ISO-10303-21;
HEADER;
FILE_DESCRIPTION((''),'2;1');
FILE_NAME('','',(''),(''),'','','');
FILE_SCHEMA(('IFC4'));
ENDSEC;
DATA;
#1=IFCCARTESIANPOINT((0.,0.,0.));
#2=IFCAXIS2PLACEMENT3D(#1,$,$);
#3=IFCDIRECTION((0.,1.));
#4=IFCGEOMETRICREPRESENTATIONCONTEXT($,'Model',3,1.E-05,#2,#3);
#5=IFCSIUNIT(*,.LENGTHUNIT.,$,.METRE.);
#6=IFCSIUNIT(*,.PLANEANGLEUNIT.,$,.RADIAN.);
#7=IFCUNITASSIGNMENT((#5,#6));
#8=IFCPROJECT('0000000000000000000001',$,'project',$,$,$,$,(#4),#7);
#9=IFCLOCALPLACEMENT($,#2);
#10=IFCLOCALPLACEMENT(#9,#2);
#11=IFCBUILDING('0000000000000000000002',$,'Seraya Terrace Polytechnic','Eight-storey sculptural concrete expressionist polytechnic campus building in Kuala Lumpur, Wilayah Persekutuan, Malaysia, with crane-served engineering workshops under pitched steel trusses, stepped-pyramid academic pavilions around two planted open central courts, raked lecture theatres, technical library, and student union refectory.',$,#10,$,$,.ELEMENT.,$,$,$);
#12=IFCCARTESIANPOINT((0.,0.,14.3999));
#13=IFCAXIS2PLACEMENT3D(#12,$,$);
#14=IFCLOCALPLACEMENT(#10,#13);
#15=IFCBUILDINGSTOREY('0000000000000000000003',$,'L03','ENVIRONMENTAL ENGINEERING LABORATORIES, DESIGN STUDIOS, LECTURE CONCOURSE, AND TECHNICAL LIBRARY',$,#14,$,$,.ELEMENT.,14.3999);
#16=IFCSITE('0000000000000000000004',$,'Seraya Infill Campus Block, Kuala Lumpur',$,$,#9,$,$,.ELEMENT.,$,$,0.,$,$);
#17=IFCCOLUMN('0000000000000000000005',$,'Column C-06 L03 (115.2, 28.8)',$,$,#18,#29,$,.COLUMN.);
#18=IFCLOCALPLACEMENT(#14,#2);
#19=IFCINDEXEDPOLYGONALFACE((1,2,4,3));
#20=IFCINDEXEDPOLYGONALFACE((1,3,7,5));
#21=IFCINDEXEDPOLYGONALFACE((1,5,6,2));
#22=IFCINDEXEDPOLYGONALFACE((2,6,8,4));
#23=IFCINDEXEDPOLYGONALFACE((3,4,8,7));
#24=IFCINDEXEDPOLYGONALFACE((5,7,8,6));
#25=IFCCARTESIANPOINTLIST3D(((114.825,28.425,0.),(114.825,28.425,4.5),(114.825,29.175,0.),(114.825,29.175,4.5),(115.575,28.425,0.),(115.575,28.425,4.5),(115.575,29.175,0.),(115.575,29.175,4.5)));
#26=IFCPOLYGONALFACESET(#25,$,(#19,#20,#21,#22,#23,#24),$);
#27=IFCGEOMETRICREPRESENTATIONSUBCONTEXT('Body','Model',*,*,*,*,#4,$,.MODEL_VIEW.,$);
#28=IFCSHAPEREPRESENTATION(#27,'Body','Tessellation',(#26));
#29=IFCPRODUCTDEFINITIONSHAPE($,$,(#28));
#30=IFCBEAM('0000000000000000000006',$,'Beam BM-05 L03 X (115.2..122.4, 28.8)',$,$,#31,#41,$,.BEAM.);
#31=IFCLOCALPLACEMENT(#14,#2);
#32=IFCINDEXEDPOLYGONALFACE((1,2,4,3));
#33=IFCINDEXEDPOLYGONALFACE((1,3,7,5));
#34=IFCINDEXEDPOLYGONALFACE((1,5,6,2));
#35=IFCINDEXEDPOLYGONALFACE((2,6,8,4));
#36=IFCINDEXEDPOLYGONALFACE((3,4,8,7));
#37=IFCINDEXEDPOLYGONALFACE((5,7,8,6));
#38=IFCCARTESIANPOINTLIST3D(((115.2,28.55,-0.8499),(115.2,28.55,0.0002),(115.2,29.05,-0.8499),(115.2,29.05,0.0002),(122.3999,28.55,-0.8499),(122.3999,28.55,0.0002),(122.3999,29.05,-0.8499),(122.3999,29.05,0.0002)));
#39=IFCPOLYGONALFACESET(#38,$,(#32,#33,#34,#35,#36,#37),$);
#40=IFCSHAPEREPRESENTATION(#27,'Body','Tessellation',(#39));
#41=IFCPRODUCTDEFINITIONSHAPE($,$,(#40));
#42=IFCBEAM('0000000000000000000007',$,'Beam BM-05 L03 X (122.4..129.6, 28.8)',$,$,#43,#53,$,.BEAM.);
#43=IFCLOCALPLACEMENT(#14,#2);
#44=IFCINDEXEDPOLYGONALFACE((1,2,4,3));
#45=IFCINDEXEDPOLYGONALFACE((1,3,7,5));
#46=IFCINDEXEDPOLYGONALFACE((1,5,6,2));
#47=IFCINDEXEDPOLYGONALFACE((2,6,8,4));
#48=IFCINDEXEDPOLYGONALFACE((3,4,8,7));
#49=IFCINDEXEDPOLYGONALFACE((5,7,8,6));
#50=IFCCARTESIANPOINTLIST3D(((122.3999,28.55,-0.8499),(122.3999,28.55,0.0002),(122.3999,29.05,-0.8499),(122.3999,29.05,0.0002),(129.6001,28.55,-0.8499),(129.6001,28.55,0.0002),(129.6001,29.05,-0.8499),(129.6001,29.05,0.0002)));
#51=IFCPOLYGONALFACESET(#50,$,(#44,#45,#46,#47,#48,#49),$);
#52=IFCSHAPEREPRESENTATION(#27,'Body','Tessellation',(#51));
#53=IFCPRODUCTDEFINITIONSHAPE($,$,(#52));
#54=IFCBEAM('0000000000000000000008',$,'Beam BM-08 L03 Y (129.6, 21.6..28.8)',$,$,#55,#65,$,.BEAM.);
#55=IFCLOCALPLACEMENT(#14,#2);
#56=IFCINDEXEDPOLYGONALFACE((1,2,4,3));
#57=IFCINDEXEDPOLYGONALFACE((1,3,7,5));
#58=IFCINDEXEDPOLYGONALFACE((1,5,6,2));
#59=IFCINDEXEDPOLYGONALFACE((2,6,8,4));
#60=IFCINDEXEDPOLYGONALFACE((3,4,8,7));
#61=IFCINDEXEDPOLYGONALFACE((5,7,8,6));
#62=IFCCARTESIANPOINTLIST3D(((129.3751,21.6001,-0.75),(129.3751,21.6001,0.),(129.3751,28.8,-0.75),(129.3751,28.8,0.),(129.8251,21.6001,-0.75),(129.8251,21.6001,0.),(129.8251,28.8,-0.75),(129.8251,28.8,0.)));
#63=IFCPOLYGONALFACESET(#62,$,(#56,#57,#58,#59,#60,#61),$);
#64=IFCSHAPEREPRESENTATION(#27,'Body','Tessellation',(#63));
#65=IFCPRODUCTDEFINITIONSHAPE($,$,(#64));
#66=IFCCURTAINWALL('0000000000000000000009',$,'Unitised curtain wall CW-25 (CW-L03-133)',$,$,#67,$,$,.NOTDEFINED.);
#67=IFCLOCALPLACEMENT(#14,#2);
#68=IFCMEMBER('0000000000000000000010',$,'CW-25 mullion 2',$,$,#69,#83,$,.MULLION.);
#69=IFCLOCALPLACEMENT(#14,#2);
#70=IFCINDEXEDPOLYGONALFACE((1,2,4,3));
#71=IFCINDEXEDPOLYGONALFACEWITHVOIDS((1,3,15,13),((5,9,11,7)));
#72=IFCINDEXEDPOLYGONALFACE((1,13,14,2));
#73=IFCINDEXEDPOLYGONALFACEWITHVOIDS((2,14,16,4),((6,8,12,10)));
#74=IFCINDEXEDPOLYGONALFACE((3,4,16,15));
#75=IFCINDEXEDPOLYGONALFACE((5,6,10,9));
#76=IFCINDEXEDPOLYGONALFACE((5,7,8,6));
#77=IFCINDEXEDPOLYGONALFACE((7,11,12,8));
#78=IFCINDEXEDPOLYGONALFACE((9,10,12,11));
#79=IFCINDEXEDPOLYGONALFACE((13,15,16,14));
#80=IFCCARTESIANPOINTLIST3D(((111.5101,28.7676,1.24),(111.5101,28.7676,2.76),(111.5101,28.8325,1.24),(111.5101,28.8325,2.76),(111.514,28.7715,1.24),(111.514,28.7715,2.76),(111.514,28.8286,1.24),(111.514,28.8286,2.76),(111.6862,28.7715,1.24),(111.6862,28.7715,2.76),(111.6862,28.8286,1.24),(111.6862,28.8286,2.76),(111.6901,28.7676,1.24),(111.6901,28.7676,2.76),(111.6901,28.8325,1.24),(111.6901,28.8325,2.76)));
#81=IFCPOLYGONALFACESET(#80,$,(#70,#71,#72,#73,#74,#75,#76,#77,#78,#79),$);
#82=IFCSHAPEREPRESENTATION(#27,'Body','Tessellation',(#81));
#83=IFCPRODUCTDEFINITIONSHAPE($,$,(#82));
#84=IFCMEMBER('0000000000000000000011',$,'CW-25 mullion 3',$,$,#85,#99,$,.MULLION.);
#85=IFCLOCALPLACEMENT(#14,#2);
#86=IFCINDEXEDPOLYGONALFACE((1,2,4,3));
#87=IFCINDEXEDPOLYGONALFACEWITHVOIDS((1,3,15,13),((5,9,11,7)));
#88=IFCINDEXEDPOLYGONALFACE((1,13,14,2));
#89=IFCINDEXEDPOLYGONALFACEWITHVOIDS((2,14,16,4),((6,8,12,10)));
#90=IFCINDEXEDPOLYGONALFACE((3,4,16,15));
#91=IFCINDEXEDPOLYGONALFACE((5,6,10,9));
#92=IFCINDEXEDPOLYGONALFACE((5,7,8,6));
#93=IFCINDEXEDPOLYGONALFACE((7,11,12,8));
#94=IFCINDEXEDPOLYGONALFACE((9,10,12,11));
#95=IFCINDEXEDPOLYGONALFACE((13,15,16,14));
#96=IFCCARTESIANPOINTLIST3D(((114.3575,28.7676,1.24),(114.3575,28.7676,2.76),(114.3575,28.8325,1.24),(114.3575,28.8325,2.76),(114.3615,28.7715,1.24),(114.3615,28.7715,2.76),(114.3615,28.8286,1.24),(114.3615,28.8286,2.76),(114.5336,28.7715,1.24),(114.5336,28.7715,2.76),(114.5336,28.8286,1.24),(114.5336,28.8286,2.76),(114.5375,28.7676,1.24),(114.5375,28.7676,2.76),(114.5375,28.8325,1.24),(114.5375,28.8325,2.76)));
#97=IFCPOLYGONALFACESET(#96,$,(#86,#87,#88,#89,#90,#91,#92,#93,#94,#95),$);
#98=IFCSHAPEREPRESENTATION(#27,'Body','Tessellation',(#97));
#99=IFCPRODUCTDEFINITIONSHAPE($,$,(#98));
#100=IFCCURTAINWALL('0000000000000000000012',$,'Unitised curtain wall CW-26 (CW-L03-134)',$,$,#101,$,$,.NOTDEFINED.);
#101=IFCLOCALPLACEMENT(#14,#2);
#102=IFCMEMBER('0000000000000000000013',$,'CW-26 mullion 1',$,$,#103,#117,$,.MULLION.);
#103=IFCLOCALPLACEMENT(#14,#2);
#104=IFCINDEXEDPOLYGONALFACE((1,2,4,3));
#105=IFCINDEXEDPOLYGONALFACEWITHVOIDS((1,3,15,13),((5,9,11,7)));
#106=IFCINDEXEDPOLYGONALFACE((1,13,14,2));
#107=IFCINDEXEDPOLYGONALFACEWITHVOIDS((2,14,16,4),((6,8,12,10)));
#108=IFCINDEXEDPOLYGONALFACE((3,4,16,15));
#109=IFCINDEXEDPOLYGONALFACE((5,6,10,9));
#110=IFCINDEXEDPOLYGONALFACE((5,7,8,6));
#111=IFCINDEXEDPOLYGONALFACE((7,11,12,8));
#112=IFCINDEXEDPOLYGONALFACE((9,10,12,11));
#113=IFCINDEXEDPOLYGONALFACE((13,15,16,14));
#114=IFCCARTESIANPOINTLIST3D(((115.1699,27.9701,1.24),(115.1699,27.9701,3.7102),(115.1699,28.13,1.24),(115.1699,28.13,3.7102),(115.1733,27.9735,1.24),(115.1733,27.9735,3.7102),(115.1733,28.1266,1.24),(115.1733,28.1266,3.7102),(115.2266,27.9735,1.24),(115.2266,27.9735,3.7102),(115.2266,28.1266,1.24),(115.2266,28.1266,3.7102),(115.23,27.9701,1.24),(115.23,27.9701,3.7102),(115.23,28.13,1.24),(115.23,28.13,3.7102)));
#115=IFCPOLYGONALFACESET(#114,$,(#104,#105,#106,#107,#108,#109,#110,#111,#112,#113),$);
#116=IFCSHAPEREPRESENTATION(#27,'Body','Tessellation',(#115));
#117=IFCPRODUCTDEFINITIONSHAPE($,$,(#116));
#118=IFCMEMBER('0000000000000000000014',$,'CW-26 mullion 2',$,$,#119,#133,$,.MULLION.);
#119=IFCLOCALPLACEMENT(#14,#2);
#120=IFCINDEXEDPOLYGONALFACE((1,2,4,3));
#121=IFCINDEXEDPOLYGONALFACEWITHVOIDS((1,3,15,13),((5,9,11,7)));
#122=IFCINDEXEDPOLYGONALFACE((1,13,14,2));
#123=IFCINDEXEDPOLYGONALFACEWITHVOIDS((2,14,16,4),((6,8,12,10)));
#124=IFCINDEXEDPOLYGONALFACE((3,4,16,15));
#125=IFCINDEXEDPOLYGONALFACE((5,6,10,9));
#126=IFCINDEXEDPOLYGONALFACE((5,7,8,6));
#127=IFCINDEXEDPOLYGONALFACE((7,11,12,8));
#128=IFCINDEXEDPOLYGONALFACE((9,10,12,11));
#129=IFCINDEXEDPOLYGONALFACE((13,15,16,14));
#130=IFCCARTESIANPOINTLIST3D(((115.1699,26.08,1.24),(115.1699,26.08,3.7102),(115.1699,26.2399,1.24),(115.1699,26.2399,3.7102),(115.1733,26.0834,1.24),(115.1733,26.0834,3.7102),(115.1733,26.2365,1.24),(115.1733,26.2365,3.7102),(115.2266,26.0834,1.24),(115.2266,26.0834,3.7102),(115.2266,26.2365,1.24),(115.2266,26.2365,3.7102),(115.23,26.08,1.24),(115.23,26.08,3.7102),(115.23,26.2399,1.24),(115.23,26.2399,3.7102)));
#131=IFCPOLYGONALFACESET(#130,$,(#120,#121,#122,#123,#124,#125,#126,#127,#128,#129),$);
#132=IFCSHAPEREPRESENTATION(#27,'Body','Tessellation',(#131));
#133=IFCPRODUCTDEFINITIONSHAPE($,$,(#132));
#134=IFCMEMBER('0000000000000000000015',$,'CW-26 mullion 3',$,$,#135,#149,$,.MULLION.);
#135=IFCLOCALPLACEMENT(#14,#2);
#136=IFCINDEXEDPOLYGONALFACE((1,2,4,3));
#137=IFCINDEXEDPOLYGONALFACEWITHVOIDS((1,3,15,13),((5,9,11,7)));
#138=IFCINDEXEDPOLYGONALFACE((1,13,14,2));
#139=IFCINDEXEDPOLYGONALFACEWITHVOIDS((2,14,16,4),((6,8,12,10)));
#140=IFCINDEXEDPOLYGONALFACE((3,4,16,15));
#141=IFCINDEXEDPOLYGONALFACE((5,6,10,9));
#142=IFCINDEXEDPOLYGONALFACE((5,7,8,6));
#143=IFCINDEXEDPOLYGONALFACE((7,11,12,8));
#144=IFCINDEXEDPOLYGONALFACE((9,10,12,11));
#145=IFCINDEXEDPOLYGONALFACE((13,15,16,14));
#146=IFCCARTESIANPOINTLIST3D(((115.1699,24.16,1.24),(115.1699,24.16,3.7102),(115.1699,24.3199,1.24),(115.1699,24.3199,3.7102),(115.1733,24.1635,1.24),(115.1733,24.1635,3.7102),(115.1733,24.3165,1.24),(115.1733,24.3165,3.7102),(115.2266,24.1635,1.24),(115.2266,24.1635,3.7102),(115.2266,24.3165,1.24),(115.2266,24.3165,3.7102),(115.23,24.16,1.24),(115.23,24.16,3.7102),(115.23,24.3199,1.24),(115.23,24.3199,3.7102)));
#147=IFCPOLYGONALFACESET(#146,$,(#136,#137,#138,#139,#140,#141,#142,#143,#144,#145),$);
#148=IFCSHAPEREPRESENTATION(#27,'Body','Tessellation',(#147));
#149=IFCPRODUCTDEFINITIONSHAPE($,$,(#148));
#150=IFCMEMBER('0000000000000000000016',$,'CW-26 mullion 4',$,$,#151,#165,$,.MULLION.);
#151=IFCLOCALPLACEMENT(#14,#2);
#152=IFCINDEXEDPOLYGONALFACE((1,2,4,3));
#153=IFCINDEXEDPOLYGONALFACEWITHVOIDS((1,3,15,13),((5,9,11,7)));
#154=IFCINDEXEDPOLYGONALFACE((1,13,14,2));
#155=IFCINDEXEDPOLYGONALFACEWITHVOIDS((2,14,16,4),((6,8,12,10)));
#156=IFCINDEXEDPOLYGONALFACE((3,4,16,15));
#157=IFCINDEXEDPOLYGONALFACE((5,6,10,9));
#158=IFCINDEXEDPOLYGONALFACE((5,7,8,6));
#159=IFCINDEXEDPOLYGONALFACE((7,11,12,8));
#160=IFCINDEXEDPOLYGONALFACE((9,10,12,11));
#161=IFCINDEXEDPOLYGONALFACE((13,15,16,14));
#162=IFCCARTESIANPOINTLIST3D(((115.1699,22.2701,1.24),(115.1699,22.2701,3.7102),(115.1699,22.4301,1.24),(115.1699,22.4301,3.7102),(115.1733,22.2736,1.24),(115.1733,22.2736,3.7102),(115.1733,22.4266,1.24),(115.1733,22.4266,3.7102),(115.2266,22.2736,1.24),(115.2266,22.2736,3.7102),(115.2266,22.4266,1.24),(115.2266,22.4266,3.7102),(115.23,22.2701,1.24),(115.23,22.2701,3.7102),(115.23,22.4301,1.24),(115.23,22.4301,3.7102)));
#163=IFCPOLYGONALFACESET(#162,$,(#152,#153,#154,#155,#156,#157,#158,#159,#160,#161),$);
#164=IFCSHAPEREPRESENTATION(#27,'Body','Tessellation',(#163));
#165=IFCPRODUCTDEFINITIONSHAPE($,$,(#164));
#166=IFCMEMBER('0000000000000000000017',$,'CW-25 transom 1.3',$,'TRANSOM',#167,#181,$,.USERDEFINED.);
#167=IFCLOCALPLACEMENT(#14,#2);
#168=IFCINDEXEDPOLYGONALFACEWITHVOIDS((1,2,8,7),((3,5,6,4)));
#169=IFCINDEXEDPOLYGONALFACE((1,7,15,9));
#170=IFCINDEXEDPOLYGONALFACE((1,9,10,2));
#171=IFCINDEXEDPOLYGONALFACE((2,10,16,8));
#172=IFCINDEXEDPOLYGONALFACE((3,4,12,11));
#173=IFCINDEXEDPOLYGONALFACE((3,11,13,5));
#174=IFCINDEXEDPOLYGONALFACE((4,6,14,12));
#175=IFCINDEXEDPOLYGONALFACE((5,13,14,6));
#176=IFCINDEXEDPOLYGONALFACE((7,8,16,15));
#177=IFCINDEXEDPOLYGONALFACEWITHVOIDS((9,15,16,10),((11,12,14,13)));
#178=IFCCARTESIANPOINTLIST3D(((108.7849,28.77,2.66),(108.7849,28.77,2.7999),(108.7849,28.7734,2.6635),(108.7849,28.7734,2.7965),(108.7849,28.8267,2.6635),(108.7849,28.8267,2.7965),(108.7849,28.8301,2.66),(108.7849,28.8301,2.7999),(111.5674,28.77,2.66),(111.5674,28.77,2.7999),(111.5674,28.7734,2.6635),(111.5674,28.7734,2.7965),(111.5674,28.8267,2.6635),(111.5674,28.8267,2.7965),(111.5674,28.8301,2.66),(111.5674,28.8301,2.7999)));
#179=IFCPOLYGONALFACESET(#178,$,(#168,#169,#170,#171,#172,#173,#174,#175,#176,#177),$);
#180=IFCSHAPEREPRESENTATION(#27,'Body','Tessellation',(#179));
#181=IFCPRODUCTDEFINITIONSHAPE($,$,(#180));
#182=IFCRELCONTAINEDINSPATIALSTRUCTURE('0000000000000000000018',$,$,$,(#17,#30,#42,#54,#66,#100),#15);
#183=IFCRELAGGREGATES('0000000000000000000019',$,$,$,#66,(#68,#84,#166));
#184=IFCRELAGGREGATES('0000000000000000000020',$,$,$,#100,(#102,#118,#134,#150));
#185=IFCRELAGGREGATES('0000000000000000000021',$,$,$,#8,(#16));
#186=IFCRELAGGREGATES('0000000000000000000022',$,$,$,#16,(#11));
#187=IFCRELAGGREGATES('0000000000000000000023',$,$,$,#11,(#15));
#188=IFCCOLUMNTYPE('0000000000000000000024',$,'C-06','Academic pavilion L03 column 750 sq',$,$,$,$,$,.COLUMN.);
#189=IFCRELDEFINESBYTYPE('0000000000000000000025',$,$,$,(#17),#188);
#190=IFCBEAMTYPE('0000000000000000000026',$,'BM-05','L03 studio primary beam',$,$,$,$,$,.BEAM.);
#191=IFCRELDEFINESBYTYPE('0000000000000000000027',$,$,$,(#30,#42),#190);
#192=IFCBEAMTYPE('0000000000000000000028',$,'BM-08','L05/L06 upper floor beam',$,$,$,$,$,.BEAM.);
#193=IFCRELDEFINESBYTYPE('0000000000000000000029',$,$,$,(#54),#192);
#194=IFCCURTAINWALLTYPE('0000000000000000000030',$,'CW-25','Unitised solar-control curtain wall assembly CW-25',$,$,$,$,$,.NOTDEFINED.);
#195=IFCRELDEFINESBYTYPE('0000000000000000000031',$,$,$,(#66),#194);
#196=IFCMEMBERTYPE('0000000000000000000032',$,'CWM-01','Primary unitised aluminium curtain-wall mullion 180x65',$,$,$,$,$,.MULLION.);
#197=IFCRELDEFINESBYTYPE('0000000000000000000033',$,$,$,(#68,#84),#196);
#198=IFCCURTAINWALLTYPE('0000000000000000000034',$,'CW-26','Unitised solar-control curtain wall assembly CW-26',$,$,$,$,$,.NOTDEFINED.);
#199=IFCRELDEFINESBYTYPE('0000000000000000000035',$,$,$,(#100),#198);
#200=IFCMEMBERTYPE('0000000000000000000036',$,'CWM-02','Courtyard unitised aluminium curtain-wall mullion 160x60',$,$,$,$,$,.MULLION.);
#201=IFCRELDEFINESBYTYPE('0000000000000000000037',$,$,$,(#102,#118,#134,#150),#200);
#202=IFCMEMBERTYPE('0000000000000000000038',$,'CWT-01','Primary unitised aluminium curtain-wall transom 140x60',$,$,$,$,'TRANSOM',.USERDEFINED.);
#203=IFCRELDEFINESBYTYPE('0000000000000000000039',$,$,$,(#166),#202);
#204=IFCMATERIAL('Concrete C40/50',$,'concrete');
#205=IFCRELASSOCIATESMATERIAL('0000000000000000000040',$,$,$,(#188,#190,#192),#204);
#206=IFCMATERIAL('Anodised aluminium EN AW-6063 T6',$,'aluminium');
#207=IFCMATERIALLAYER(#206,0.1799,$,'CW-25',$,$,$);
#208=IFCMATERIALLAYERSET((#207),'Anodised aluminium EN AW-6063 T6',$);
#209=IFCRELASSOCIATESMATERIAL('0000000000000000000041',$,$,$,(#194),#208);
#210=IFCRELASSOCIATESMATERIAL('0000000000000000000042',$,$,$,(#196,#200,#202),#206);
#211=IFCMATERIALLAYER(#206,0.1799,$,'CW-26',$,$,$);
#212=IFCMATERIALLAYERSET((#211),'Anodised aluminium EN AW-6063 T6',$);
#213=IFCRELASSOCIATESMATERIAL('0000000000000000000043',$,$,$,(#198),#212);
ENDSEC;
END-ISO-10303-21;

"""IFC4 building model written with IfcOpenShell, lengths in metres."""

from ifc_helpers import new_model, si_unit, direction, frame, origin, origin_2d, place, context, subcontext, project, spatial, rectangle, hollow_rectangle, extrude, material, layer, layer_set, material_profile, profile_set, type_object, element, aggregate, save


model = new_model("IFC4")

# Units and contexts
model_context = context("Model", 3, precision=1e-05, world=origin(), true_north=direction((0.0, 1.0)))
body_context = subcontext(model_context, "Body", "Model", "MODEL_VIEW")
ifc_project = project(units=[si_unit("LENGTHUNIT", "METRE"), si_unit("PLANEANGLEUNIT", "RADIAN")], contexts=[model_context])

# Site, building, storey
site_placement = place(None, origin())
site = spatial("IfcSite", under=ifc_project, at=site_placement, Name="Seraya Infill Campus Block, Kuala Lumpur", CompositionType="ELEMENT", RefElevation=0.0)
building_placement = place(site_placement, origin())
building = spatial("IfcBuilding", under=site, at=building_placement, Name="Seraya Terrace Polytechnic", Description="Eight-storey sculptural concrete expressionist polytechnic campus building in Kuala Lumpur, Wilayah Persekutuan, Malaysia, with crane-served engineering workshops under pitched steel trusses, stepped-pyramid academic pavilions around two planted open central courts, raked lecture theatres, technical library, and student union refectory.", CompositionType="ELEMENT")
storey_placement = place(building_placement, frame((0.0, 0.0, 14.3999)))
storey = spatial("IfcBuildingStorey", under=building, at=storey_placement, Name="L03", Description="ENVIRONMENTAL ENGINEERING LABORATORIES, DESIGN STUDIOS, LECTURE CONCOURSE, AND TECHNICAL LIBRARY", CompositionType="ELEMENT", Elevation=14.3999)

# Column
ifc_material_1 = material(Name="Concrete C40/50", Category="concrete")
ifc_material_profile_1 = material_profile(ifc_material_1, rectangle(XDim=0.75, YDim=0.75, at=origin_2d()), Name="RC 750x750")
ifc_profile_set_1 = profile_set([ifc_material_profile_1], Name="Concrete C40/50")
column_type = type_object("IfcColumnType", Name="C-06", Description="Academic pavilion L03 column 750 sq", PredefinedType="COLUMN", material=ifc_profile_set_1)
column_placement = place(storey_placement, frame((115.2, 28.8, 0.0), z_axis=(0.0, 0.0, 1.0), x_axis=(1.0, 0.0, 0.0)))
element("IfcColumn", 1, at=column_placement, inside=storey, type_object=column_type, Name="Column C-06 L03 (115.2, 28.8)", PredefinedType="COLUMN", context=body_context, shape_type="SweptSolid", body=[
    extrude(rectangle(XDim=0.75, YDim=0.75, at=origin_2d()), origin(), (0.0, 0.0, 1.0), 4.5),
])

# Beams
ifc_material_profile_2 = material_profile(ifc_material_1, rectangle(XDim=0.5, YDim=0.8501, at=origin_2d()), Name="RC 500x850")
ifc_profile_set_2 = profile_set([ifc_material_profile_2], Name="Concrete C40/50")
beam_type_1 = type_object("IfcBeamType", Name="BM-05", Description="L03 studio primary beam", PredefinedType="BEAM", material=ifc_profile_set_2)
beam_1_placement = place(storey_placement, frame((115.2, 28.8, -0.4248), z_axis=(1.0, 0.0, 0.0), x_axis=(0.0, 1.0, 0.0)))
element("IfcBeam", 2, at=beam_1_placement, inside=storey, type_object=beam_type_1, Name="Beam BM-05 L03 X (115.2..122.4, 28.8)", PredefinedType="BEAM", context=body_context, shape_type="SweptSolid", body=[
    extrude(rectangle(XDim=0.5, YDim=0.8501, at=origin_2d()), origin(), (0.0, 0.0, 1.0), 7.2),
])
beam_2_placement = place(storey_placement, frame((122.3999, 28.8, -0.4248), z_axis=(1.0, 0.0, 0.0), x_axis=(0.0, 1.0, 0.0)))
element("IfcBeam", 3, at=beam_2_placement, inside=storey, type_object=beam_type_1, Name="Beam BM-05 L03 X (122.4..129.6, 28.8)", PredefinedType="BEAM", context=body_context, shape_type="SweptSolid", body=[
    extrude(rectangle(XDim=0.5, YDim=0.8501, at=origin_2d()), origin(), (0.0, 0.0, 1.0), 7.2002),
])
ifc_material_profile_3 = material_profile(ifc_material_1, rectangle(XDim=0.45, YDim=0.75, at=origin_2d()), Name="RC 450x750")
ifc_profile_set_3 = profile_set([ifc_material_profile_3], Name="Concrete C40/50")
beam_type_2 = type_object("IfcBeamType", Name="BM-08", Description="L05/L06 upper floor beam", PredefinedType="BEAM", material=ifc_profile_set_3)
beam_3_placement = place(storey_placement, frame((129.6001, 21.6001, -0.375), z_axis=(0.0, 1.0, 0.0), x_axis=(-1.0, 0.0, 0.0)))
element("IfcBeam", 4, at=beam_3_placement, inside=storey, type_object=beam_type_2, Name="Beam BM-08 L03 Y (129.6, 21.6..28.8)", PredefinedType="BEAM", context=body_context, shape_type="SweptSolid", body=[
    extrude(rectangle(XDim=0.45, YDim=0.75, at=origin_2d()), origin(), (0.0, 0.0, 1.0), 7.2),
])

# Curtain walls, members
ifc_material_2 = material(Name="Anodised aluminium EN AW-6063 T6", Category="aluminium")
ifc_layer_1 = layer(ifc_material_2, 0.1799, Name="CW-25")
ifc_layer_set_1 = layer_set([ifc_layer_1], Name="Anodised aluminium EN AW-6063 T6")
curtain_wall_type_1 = type_object("IfcCurtainWallType", Name="CW-25", Description="Unitised solar-control curtain wall assembly CW-25", PredefinedType="NOTDEFINED", material=ifc_layer_set_1)
curtain_wall_1_placement = place(storey_placement, origin())
curtain_wall_1 = element("IfcCurtainWall", 5, at=curtain_wall_1_placement, inside=storey, type_object=curtain_wall_type_1, Name="Unitised curtain wall CW-25 (CW-L03-133)", PredefinedType="NOTDEFINED")
ifc_material_profile_4 = material_profile(ifc_material_2, hollow_rectangle(XDim=0.0649, YDim=0.1799, WallThickness=0.0039, at=origin_2d()), Name="RHS 180x65x4.0")
ifc_profile_set_4 = profile_set([ifc_material_profile_4], Name="Anodised aluminium EN AW-6063 T6")
member_type_1 = type_object("IfcMemberType", Name="CWM-01", Description="Primary unitised aluminium curtain-wall mullion 180x65", PredefinedType="MULLION", material=ifc_profile_set_4)
member_1_placement = place(storey_placement, frame((111.6001, 28.8, 1.24), z_axis=(0.0, 0.0, 1.0), x_axis=(0.0, 1.0, 0.0)))
member_1 = element("IfcMember", 6, at=member_1_placement, type_object=member_type_1, Name="CW-25 mullion 2", PredefinedType="MULLION", context=body_context, shape_type="SweptSolid", body=[
    extrude(hollow_rectangle(XDim=0.0649, YDim=0.1799, WallThickness=0.0039, at=origin_2d()), origin(), (0.0, 0.0, 1.0), 1.52),
])
member_2_placement = place(storey_placement, frame((114.4475, 28.8, 1.24), z_axis=(0.0, 0.0, 1.0), x_axis=(0.0, 1.0, 0.0)))
member_2 = element("IfcMember", 7, at=member_2_placement, type_object=member_type_1, Name="CW-25 mullion 3", PredefinedType="MULLION", context=body_context, shape_type="SweptSolid", body=[
    extrude(hollow_rectangle(XDim=0.0649, YDim=0.1799, WallThickness=0.0039, at=origin_2d()), origin(), (0.0, 0.0, 1.0), 1.52),
])
ifc_layer_2 = layer(ifc_material_2, 0.1799, Name="CW-26")
ifc_layer_set_2 = layer_set([ifc_layer_2], Name="Anodised aluminium EN AW-6063 T6")
curtain_wall_type_2 = type_object("IfcCurtainWallType", Name="CW-26", Description="Unitised solar-control curtain wall assembly CW-26", PredefinedType="NOTDEFINED", material=ifc_layer_set_2)
curtain_wall_2_placement = place(storey_placement, origin())
curtain_wall_2 = element("IfcCurtainWall", 8, at=curtain_wall_2_placement, inside=storey, type_object=curtain_wall_type_2, Name="Unitised curtain wall CW-26 (CW-L03-134)", PredefinedType="NOTDEFINED")
ifc_material_profile_5 = material_profile(ifc_material_2, hollow_rectangle(XDim=0.0601, YDim=0.1599, WallThickness=0.0034, at=origin_2d()), Name="RHS 160x60x3.5")
ifc_profile_set_5 = profile_set([ifc_material_profile_5], Name="Anodised aluminium EN AW-6063 T6")
member_type_2 = type_object("IfcMemberType", Name="CWM-02", Description="Courtyard unitised aluminium curtain-wall mullion 160x60", PredefinedType="MULLION", material=ifc_profile_set_5)
member_3_placement = place(storey_placement, frame((115.2, 28.05, 1.24), z_axis=(0.0, 0.0, 1.0), x_axis=(1.0, 0.0, 0.0)))
member_3 = element("IfcMember", 9, at=member_3_placement, type_object=member_type_2, Name="CW-26 mullion 1", PredefinedType="MULLION", context=body_context, shape_type="SweptSolid", body=[
    extrude(hollow_rectangle(XDim=0.0601, YDim=0.1599, WallThickness=0.0034, at=origin_2d()), origin(), (0.0, 0.0, 1.0), 2.4702),
])
member_4_placement = place(storey_placement, frame((115.2, 26.1599, 1.24), z_axis=(0.0, 0.0, 1.0), x_axis=(1.0, 0.0, 0.0)))
member_4 = element("IfcMember", 10, at=member_4_placement, type_object=member_type_2, Name="CW-26 mullion 2", PredefinedType="MULLION", context=body_context, shape_type="SweptSolid", body=[
    extrude(hollow_rectangle(XDim=0.0601, YDim=0.1599, WallThickness=0.0034, at=origin_2d()), origin(), (0.0, 0.0, 1.0), 2.4702),
])
member_5_placement = place(storey_placement, frame((115.2, 24.24, 1.24), z_axis=(0.0, 0.0, 1.0), x_axis=(1.0, 0.0, 0.0)))
member_5 = element("IfcMember", 11, at=member_5_placement, type_object=member_type_2, Name="CW-26 mullion 3", PredefinedType="MULLION", context=body_context, shape_type="SweptSolid", body=[
    extrude(hollow_rectangle(XDim=0.0601, YDim=0.1599, WallThickness=0.0034, at=origin_2d()), origin(), (0.0, 0.0, 1.0), 2.4702),
])
member_6_placement = place(storey_placement, frame((115.2, 22.3501, 1.24), z_axis=(0.0, 0.0, 1.0), x_axis=(1.0, 0.0, 0.0)))
member_6 = element("IfcMember", 12, at=member_6_placement, type_object=member_type_2, Name="CW-26 mullion 4", PredefinedType="MULLION", context=body_context, shape_type="SweptSolid", body=[
    extrude(hollow_rectangle(XDim=0.0601, YDim=0.1599, WallThickness=0.0034, at=origin_2d()), origin(), (0.0, 0.0, 1.0), 2.4702),
])

# Member
ifc_material_profile_6 = material_profile(ifc_material_2, hollow_rectangle(XDim=0.0601, YDim=0.1399, WallThickness=0.0034, at=origin_2d()), Name="RHS 140x60x3.5")
ifc_profile_set_6 = profile_set([ifc_material_profile_6], Name="Anodised aluminium EN AW-6063 T6")
member_type_3 = type_object("IfcMemberType", Name="CWT-01", Description="Primary unitised aluminium curtain-wall transom 140x60", ElementType="TRANSOM", PredefinedType="USERDEFINED", material=ifc_profile_set_6)
member_7_placement = place(storey_placement, frame((108.7849, 28.8, 2.73), z_axis=(1.0, 0.0, 0.0), x_axis=(0.0, 1.0, 0.0)))
member_7 = element("IfcMember", 13, at=member_7_placement, type_object=member_type_3, Name="CW-25 transom 1.3", ObjectType="TRANSOM", PredefinedType="USERDEFINED", context=body_context, shape_type="SweptSolid", body=[
    extrude(hollow_rectangle(XDim=0.0601, YDim=0.1399, WallThickness=0.0034, at=origin_2d()), origin(), (0.0, 0.0, 1.0), 2.7825),
])

aggregate(curtain_wall_1, [member_1, member_2, member_7])
aggregate(curtain_wall_2, [member_3, member_4, member_5, member_6])

save(model, "model.ifc")
